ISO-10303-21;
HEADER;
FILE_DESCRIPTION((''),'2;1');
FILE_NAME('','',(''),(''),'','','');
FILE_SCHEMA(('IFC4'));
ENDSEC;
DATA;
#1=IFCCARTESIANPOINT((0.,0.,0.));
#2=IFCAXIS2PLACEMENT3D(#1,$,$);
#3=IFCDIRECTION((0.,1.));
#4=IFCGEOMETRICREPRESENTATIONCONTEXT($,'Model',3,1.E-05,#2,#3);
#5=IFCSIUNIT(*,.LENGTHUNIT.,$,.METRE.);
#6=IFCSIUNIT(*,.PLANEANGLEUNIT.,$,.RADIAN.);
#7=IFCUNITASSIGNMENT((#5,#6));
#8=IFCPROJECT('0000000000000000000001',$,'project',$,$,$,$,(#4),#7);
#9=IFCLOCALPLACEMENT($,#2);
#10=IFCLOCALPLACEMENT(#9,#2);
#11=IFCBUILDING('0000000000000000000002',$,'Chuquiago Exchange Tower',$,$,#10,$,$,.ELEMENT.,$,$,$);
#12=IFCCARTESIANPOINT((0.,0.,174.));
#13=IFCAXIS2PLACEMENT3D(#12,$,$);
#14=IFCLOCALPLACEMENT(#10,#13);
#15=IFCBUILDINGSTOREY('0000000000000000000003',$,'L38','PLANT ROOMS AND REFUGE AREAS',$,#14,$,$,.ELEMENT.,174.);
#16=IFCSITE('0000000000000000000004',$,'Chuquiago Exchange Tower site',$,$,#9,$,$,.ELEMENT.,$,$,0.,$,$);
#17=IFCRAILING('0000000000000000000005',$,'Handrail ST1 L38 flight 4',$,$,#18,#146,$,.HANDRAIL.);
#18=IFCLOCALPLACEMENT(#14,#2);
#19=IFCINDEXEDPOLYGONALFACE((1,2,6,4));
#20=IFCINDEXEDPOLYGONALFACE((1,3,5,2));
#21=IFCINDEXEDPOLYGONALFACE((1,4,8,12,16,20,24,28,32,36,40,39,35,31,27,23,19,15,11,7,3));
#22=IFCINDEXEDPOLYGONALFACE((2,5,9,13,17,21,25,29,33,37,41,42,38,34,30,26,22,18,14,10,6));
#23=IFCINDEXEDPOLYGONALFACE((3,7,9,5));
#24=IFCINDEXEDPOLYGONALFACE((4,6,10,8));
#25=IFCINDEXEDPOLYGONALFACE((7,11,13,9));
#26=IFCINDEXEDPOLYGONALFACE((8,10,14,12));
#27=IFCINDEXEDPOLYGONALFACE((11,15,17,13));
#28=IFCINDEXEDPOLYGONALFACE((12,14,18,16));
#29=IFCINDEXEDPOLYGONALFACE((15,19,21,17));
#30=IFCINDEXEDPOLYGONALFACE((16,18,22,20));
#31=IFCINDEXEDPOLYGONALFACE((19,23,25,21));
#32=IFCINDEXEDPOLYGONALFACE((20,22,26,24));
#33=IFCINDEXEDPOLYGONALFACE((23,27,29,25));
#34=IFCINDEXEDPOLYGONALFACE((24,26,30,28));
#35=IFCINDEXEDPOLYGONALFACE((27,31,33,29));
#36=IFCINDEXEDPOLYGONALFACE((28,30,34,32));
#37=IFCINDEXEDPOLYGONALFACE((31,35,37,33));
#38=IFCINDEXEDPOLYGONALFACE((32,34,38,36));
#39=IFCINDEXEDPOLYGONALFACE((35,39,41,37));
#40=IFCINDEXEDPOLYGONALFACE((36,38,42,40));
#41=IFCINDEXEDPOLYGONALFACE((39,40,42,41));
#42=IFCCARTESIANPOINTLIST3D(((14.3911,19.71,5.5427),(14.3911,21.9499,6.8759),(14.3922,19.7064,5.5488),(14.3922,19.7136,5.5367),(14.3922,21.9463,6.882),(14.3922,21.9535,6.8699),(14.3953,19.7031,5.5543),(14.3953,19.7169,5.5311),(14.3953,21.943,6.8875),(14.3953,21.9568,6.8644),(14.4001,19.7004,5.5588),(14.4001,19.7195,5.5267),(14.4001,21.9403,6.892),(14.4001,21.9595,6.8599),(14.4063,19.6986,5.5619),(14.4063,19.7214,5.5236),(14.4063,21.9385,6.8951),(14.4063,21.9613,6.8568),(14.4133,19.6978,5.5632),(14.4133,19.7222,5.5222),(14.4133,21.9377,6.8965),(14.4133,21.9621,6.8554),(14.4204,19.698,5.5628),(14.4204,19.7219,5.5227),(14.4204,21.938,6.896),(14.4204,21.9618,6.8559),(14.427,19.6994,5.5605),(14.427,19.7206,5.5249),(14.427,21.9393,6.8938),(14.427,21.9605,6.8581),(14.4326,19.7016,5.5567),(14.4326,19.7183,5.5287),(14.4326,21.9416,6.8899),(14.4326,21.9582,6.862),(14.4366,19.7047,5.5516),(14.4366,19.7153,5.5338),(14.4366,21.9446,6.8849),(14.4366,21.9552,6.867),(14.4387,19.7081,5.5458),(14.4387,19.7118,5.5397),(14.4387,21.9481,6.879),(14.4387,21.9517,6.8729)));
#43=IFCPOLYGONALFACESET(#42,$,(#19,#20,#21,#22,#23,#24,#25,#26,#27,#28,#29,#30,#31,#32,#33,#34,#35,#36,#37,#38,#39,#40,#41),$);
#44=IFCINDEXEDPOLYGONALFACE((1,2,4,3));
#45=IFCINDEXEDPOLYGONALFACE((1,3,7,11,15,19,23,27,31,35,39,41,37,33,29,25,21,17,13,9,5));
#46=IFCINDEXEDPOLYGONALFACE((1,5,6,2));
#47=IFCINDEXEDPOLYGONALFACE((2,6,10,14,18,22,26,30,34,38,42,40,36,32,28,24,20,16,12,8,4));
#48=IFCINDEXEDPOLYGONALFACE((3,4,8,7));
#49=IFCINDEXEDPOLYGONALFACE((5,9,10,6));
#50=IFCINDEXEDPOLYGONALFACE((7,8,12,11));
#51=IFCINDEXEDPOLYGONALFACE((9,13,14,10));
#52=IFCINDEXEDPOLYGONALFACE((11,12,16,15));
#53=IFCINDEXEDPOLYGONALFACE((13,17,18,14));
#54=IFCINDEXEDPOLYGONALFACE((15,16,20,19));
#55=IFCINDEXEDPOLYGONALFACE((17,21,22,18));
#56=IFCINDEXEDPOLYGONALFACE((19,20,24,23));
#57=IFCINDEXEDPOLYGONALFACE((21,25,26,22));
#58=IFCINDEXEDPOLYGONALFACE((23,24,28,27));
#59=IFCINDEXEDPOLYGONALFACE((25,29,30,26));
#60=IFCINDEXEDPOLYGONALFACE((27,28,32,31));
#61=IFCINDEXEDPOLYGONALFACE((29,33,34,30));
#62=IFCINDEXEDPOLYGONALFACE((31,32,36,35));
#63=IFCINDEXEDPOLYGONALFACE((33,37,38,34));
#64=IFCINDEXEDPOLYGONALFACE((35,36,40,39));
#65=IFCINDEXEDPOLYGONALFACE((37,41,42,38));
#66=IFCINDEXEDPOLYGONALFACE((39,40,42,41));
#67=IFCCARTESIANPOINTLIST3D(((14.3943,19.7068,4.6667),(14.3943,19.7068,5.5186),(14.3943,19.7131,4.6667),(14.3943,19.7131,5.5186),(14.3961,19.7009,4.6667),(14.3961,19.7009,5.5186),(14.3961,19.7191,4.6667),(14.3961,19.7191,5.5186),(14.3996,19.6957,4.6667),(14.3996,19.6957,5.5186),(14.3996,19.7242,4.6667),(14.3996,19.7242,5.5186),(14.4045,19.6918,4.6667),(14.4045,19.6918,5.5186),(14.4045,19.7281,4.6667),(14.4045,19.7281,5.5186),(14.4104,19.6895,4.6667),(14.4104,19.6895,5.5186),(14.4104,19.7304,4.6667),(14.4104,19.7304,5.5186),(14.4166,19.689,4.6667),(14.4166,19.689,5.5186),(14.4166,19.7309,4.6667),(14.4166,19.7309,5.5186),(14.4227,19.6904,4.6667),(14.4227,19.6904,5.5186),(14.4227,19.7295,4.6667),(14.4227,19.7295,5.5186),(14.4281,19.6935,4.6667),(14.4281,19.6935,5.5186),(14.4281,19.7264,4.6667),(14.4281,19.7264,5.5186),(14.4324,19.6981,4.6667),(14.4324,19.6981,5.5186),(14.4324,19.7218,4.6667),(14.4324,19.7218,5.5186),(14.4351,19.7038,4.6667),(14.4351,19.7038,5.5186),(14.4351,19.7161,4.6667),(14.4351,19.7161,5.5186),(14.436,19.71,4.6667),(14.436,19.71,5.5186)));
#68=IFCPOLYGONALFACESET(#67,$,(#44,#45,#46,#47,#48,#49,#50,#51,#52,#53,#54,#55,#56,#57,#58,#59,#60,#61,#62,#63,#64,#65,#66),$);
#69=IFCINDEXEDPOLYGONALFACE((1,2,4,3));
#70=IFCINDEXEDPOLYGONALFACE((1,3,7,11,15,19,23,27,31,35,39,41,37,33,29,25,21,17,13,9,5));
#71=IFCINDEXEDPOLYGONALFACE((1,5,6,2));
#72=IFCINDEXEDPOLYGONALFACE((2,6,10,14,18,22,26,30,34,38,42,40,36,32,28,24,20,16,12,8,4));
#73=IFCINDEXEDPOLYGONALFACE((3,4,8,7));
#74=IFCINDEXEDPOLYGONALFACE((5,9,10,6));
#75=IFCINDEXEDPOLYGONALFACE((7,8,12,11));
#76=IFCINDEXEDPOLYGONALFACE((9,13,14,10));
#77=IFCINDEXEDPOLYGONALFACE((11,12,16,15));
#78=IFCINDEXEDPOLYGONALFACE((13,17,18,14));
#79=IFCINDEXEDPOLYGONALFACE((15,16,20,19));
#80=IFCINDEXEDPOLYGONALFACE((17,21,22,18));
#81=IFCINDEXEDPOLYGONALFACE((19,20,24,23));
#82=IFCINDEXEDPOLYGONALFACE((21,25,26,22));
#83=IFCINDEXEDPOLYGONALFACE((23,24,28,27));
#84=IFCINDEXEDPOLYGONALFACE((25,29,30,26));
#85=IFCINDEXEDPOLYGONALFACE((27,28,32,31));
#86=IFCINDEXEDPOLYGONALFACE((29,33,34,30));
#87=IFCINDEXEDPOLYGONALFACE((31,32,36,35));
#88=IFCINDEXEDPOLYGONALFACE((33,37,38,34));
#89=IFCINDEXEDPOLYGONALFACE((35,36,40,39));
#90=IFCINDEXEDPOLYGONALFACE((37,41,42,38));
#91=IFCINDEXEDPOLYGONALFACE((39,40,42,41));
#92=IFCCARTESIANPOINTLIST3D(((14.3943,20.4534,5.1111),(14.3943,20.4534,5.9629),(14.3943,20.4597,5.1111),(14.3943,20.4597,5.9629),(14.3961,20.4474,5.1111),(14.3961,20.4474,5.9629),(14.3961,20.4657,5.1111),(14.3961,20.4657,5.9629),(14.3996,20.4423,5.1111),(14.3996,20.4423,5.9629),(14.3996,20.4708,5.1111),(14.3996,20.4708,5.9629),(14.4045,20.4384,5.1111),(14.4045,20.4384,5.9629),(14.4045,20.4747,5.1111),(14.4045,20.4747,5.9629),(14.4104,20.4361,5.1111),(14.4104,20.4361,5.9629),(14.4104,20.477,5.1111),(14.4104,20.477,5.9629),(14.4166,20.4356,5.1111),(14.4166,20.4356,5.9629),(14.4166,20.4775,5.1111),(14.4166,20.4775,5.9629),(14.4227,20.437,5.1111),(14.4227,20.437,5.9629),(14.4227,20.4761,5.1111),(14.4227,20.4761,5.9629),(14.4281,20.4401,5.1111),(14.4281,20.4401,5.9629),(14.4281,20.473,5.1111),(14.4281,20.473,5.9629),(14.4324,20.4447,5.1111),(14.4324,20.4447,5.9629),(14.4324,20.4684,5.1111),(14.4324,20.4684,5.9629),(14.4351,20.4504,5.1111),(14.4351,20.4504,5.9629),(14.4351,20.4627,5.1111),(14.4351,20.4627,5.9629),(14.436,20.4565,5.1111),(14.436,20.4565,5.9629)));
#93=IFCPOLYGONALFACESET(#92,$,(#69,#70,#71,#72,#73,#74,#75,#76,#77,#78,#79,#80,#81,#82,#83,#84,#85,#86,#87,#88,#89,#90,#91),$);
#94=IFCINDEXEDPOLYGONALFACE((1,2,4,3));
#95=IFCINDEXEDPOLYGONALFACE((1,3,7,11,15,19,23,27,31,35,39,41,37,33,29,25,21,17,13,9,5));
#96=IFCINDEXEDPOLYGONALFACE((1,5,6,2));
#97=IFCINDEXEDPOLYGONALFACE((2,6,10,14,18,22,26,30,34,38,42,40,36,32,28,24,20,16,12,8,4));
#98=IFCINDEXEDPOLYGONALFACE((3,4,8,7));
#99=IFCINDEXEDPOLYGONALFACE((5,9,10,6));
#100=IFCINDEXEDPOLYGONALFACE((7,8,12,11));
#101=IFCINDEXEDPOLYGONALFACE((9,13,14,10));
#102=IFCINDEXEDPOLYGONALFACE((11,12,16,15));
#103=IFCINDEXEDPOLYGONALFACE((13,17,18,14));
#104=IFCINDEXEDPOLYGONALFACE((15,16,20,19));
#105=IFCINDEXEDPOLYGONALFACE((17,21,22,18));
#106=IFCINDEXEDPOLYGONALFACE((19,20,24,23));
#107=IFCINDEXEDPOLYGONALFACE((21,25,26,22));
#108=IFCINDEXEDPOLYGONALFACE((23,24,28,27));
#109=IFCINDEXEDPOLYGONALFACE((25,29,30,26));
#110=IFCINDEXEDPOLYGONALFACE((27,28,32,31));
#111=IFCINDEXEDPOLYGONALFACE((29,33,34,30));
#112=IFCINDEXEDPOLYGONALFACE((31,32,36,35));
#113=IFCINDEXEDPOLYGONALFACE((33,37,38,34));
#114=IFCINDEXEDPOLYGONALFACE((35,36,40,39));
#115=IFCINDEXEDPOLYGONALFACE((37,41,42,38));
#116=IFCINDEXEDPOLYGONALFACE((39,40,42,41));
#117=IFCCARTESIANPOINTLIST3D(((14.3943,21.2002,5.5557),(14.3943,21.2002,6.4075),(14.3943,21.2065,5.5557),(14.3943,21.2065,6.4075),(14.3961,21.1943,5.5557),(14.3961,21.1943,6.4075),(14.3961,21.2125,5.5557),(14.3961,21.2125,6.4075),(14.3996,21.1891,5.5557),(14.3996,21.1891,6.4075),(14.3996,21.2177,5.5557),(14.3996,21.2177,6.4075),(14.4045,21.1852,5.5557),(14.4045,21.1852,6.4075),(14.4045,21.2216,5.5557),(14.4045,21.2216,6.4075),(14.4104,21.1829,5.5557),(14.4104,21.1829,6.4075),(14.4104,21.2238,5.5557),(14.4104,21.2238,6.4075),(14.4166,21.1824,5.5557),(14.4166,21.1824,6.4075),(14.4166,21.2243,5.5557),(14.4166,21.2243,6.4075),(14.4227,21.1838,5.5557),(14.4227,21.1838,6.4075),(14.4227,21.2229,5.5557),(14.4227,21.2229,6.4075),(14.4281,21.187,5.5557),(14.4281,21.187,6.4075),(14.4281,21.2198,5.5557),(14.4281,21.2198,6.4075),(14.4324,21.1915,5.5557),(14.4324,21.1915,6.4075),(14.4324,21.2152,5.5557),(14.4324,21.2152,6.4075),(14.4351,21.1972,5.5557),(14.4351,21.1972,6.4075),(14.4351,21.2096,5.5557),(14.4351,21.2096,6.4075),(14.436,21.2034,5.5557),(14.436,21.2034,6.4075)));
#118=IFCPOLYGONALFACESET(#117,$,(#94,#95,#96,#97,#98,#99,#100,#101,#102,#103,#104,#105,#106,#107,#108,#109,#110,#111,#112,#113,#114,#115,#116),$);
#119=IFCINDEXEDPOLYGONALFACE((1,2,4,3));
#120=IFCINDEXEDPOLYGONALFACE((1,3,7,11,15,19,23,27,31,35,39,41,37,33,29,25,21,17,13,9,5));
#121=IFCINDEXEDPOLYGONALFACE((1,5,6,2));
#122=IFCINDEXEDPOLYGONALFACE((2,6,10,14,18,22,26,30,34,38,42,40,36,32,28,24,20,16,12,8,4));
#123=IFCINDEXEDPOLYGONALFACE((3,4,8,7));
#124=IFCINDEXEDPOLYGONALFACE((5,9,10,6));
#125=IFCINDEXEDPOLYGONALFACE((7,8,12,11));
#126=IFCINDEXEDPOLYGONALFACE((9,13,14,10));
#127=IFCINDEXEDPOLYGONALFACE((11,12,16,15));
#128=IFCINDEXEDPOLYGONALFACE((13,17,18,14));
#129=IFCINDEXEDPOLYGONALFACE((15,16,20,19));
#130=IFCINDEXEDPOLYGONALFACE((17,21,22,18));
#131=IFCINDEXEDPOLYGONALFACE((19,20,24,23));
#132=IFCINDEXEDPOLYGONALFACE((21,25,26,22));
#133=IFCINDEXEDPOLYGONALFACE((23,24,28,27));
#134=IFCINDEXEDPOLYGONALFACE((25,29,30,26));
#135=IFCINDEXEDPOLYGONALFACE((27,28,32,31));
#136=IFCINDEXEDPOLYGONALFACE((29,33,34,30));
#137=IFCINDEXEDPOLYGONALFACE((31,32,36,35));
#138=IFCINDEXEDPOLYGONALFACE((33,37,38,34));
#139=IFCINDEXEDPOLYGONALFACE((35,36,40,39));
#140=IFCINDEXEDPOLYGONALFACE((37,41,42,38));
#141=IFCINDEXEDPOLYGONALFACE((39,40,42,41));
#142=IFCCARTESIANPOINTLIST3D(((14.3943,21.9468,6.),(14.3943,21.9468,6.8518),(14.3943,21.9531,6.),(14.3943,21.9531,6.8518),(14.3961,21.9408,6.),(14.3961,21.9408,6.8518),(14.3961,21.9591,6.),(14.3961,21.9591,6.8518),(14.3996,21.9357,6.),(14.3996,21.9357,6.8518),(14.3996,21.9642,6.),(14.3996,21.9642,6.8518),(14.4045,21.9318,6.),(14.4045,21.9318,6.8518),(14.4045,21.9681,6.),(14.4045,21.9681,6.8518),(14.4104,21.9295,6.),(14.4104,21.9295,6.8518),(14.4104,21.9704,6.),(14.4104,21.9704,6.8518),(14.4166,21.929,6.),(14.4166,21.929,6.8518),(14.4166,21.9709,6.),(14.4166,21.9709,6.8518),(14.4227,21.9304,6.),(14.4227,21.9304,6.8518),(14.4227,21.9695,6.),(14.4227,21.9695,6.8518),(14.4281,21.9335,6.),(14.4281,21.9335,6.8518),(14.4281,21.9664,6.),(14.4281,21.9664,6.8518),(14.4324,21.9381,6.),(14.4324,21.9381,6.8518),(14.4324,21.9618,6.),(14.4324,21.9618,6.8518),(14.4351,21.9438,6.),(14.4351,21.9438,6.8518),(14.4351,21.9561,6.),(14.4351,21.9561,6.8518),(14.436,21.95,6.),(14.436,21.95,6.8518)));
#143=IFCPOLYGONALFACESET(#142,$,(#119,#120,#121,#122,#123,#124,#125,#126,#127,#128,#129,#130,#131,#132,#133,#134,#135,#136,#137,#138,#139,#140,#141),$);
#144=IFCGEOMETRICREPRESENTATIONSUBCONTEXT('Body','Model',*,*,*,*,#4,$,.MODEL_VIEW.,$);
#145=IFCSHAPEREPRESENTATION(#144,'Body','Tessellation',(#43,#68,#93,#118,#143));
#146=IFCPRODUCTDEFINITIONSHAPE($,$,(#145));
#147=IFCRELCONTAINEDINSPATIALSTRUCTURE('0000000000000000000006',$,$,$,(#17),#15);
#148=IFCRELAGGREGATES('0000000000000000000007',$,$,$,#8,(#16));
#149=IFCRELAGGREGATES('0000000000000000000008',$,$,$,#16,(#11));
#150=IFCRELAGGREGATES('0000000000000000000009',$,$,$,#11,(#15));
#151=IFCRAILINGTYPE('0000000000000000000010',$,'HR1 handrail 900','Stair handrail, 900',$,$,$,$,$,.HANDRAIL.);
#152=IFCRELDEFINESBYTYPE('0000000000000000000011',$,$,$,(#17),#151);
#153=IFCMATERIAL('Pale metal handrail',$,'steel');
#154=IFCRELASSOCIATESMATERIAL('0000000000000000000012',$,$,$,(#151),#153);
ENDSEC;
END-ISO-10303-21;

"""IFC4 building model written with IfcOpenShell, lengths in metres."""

from ifc_helpers import new_model, si_unit, direction, frame, origin, origin_2d, place, context, subcontext, project, spatial, circle, extrude, material, type_object, element, save


model = new_model("IFC4")

# Units and contexts
model_context = context("Model", 3, precision=1e-05, world=origin(), true_north=direction((0.0, 1.0)))
body_context = subcontext(model_context, "Body", "Model", "MODEL_VIEW")
ifc_project = project(units=[si_unit("LENGTHUNIT", "METRE"), si_unit("PLANEANGLEUNIT", "RADIAN")], contexts=[model_context])

# Site, building, storey
site_placement = place(None, origin())
site = spatial("IfcSite", under=ifc_project, at=site_placement, Name="Chuquiago Exchange Tower site", CompositionType="ELEMENT", RefElevation=0.0)
building_placement = place(site_placement, origin())
building = spatial("IfcBuilding", under=site, at=building_placement, Name="Chuquiago Exchange Tower", CompositionType="ELEMENT")
storey_placement = place(building_placement, frame((0.0, 0.0, 174.0)))
storey = spatial("IfcBuildingStorey", under=building, at=storey_placement, Name="L38", Description="PLANT ROOMS AND REFUGE AREAS", CompositionType="ELEMENT", Elevation=174.0)

# Railing
ifc_material_1 = material(Name="Pale metal handrail", Category="steel")
railing_type_1 = type_object("IfcRailingType", Name="HR1 handrail 900", Description="Stair handrail, 900", PredefinedType="HANDRAIL", material=ifc_material_1)
for number, where, name in (
    (1, (14.415, 19.71, 4.6667), "Handrail ST1 L38 flight 4"),
):
    element("IfcRailing", number, at=place(storey_placement, frame(where)), inside=storey, type_object=railing_type_1, Name=name, PredefinedType="HANDRAIL", context=body_context, shape_type="SweptSolid", body=[
        extrude(circle(Radius=0.0239, at=origin_2d()), frame((0.0, 0.0, 0.876), z_axis=(0.0, 0.859306, 0.511462), x_axis=(-1.0, 0.0, 0.0)), (0.0, 0.0, 1.0), 2.6067),
        extrude(circle(Radius=0.021, at=origin_2d()), origin(), (0.0, 0.0, 1.0), 0.8518),
        extrude(circle(Radius=0.021, at=origin_2d()), frame((0.0, 0.7466, 0.4443)), (0.0, 0.0, 1.0), 0.8518),
        extrude(circle(Radius=0.021, at=origin_2d()), frame((0.0, 1.4934, 0.8889)), (0.0, 0.0, 1.0), 0.8518),
        extrude(circle(Radius=0.021, at=origin_2d()), frame((0.0, 2.24, 1.3333)), (0.0, 0.0, 1.0), 0.8518),
    ])

save(model, "model.ifc")
